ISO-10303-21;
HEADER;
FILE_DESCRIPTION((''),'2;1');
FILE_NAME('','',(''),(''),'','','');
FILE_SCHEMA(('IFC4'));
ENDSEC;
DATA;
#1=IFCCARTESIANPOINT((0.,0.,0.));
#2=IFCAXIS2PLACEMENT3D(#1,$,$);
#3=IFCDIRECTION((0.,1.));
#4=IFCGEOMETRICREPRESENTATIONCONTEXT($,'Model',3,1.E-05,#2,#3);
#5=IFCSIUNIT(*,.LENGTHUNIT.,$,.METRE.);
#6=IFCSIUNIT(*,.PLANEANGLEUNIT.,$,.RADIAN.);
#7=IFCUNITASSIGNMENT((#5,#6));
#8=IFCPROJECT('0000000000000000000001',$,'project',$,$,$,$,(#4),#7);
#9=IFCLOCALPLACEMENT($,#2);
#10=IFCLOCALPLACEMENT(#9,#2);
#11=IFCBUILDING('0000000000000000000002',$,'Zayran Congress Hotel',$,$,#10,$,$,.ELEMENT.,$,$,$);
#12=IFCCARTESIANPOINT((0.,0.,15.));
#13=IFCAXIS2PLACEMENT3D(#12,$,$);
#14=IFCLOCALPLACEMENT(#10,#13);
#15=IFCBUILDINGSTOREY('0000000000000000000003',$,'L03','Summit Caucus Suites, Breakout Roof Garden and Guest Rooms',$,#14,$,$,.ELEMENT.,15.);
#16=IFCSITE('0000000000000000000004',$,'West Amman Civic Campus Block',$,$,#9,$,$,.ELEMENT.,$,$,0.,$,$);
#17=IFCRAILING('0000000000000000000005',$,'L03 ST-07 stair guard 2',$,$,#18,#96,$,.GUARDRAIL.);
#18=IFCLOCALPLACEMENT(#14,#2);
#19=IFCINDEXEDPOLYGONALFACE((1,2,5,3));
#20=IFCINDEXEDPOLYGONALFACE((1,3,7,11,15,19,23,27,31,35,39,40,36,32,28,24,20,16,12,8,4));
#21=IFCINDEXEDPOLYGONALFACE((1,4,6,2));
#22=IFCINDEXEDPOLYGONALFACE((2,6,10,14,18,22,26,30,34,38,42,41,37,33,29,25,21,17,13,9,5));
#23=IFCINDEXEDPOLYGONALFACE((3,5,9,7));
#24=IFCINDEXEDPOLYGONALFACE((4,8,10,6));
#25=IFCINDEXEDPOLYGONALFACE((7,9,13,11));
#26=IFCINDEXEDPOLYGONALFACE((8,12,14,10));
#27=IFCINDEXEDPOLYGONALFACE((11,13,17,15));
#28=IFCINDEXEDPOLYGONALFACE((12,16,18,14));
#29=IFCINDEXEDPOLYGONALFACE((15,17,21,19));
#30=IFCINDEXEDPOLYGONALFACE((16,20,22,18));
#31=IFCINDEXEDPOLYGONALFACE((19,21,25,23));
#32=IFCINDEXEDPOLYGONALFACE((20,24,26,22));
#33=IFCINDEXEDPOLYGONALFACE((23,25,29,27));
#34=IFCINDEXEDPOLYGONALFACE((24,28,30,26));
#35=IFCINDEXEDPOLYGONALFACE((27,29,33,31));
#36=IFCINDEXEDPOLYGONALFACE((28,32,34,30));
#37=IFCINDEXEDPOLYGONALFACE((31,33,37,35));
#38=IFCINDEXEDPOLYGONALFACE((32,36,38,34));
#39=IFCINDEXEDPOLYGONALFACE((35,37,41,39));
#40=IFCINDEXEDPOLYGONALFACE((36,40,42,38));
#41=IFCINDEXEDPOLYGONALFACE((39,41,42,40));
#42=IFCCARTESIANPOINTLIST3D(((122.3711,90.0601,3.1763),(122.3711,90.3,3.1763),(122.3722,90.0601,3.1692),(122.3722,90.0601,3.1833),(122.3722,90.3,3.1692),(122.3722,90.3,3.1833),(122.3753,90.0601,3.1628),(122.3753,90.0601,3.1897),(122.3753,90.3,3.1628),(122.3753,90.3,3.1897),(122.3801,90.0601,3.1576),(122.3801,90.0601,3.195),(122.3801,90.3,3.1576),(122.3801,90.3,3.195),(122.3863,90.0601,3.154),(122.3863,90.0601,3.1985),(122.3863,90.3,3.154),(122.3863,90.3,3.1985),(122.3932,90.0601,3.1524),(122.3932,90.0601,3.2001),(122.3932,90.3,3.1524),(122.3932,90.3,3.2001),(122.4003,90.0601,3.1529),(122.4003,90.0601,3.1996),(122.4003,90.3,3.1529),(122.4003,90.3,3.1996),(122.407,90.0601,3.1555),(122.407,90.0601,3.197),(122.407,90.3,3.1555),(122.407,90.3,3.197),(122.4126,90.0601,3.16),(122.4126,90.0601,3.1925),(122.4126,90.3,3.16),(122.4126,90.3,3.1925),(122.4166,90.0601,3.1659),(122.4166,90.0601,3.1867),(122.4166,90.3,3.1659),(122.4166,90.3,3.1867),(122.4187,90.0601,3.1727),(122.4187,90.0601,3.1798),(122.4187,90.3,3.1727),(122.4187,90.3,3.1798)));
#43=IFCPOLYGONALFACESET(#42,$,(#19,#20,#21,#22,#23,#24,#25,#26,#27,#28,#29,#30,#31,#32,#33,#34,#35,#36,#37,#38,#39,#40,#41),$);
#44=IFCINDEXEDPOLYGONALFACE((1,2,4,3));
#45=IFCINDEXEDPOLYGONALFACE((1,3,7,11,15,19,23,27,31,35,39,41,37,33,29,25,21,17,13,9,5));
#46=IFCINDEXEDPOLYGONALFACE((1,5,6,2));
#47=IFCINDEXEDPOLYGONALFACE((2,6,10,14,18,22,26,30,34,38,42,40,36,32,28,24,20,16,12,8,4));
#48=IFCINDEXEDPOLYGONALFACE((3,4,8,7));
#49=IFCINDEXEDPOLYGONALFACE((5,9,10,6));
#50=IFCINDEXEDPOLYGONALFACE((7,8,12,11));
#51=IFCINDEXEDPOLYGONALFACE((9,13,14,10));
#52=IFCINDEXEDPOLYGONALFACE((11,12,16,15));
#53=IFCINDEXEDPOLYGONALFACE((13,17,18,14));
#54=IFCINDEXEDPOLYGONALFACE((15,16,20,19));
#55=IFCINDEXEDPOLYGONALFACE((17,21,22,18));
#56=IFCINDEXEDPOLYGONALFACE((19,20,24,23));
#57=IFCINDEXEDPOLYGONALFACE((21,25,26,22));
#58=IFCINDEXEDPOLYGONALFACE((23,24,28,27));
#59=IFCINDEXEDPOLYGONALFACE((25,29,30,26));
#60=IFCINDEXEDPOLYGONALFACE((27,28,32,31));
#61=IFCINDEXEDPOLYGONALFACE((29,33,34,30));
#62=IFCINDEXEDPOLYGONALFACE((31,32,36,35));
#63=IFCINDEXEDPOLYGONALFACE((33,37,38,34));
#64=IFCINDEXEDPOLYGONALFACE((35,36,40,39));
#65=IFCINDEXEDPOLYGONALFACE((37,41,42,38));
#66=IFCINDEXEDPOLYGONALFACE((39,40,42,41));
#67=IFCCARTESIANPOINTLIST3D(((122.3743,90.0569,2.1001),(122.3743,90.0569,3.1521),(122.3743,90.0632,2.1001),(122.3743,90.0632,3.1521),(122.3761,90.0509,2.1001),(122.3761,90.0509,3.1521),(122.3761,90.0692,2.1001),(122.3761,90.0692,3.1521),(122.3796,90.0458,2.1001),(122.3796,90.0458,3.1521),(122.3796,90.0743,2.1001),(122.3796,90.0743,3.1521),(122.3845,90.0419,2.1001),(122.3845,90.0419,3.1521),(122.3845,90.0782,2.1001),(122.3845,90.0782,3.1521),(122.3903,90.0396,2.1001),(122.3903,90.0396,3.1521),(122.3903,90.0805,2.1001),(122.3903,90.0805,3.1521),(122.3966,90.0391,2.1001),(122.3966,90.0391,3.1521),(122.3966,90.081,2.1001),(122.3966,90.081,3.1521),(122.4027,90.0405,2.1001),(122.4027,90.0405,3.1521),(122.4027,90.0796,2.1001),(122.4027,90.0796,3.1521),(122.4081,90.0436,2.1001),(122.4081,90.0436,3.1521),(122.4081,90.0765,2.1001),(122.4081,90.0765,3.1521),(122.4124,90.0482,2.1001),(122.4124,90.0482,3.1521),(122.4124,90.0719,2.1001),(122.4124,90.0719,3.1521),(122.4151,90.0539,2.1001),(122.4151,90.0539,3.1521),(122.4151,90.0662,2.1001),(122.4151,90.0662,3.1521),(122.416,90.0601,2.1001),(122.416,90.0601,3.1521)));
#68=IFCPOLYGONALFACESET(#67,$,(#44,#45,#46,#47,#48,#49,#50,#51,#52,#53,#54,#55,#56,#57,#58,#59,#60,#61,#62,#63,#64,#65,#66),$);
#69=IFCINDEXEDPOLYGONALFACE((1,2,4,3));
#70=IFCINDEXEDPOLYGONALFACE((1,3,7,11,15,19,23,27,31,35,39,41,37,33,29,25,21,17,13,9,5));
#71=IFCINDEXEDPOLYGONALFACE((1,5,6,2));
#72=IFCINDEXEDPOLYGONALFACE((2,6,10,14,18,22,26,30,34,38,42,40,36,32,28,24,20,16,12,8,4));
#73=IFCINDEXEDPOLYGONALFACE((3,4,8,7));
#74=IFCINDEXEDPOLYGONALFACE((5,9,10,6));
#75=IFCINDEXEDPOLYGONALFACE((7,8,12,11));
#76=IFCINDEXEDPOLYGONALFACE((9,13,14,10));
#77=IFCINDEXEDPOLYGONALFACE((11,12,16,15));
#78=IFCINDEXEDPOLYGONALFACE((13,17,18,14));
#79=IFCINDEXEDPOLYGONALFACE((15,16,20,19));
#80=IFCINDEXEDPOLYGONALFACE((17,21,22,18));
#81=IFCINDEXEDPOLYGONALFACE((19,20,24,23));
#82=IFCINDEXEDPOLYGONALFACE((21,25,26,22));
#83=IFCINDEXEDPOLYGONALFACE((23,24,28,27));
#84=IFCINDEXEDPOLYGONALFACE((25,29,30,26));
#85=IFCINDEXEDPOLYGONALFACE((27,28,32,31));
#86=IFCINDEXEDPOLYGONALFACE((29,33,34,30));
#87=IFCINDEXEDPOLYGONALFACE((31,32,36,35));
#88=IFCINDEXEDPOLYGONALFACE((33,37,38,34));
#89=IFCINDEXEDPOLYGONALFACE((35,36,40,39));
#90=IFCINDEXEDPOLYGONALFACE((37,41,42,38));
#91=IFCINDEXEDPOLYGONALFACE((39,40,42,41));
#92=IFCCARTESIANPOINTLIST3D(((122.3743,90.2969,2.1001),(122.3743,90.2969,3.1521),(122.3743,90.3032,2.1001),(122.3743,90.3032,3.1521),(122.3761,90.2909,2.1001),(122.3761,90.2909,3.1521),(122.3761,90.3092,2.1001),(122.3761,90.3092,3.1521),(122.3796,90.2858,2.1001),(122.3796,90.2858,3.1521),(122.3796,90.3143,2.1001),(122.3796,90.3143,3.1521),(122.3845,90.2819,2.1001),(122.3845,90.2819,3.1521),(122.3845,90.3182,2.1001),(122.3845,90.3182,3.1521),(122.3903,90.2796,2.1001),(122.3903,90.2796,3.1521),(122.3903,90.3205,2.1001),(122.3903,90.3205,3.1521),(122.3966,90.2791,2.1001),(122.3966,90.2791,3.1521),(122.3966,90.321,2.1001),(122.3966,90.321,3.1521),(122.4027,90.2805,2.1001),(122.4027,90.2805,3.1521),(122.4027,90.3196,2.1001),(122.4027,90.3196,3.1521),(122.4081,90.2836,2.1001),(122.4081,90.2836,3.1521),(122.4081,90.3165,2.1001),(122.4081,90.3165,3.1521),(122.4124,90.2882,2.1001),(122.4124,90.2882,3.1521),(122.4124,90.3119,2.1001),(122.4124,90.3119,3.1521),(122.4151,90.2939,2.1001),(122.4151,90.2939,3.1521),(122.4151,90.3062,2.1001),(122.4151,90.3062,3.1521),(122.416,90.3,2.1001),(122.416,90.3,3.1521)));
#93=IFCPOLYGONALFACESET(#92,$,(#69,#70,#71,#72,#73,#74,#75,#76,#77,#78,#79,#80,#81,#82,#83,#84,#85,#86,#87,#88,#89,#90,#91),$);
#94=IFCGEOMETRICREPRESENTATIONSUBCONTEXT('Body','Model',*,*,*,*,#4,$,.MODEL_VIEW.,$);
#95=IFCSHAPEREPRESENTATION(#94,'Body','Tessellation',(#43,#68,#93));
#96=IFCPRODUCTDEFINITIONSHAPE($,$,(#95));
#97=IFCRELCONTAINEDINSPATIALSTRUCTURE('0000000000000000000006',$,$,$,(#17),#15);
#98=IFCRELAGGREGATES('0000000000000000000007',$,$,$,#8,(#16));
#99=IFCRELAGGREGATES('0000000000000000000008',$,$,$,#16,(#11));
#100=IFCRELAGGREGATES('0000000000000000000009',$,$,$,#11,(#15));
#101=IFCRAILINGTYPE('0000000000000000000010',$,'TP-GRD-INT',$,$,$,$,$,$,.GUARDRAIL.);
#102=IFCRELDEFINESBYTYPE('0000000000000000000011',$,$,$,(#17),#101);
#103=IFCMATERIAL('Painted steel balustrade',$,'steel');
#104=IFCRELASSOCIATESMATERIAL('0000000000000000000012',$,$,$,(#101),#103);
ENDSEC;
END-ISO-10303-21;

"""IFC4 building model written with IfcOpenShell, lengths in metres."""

from ifc_helpers import new_model, si_unit, direction, frame, origin, origin_2d, place, context, subcontext, project, spatial, circle, extrude, material, type_object, element, save


model = new_model("IFC4")

# Units and contexts
model_context = context("Model", 3, precision=1e-05, world=origin(), true_north=direction((0.0, 1.0)))
body_context = subcontext(model_context, "Body", "Model", "MODEL_VIEW")
ifc_project = project(units=[si_unit("LENGTHUNIT", "METRE"), si_unit("PLANEANGLEUNIT", "RADIAN")], contexts=[model_context])

# Site, building, storey
site_placement = place(None, origin())
site = spatial("IfcSite", under=ifc_project, at=site_placement, Name="West Amman Civic Campus Block", CompositionType="ELEMENT", RefElevation=0.0)
building_placement = place(site_placement, origin())
building = spatial("IfcBuilding", under=site, at=building_placement, Name="Zayran Congress Hotel", CompositionType="ELEMENT")
storey_placement = place(building_placement, frame((0.0, 0.0, 15.0)))
storey = spatial("IfcBuildingStorey", under=building, at=storey_placement, Name="L03", Description="Summit Caucus Suites, Breakout Roof Garden and Guest Rooms", CompositionType="ELEMENT", Elevation=15.0)

# Railing
ifc_material_1 = material(Name="Painted steel balustrade", Category="steel")
railing_type = type_object("IfcRailingType", Name="TP-GRD-INT", PredefinedType="GUARDRAIL", material=ifc_material_1)
railing_1_placement = place(storey_placement, frame((122.395, 90.0601, 2.1001)))
element("IfcRailing", 1, at=railing_1_placement, inside=storey, type_object=railing_type, Name="L03 ST-07 stair guard 2", PredefinedType="GUARDRAIL", context=body_context, shape_type="SweptSolid", body=[
    extrude(circle(Radius=0.0239, at=origin_2d()), frame((0.0, 0.0, 1.0762), z_axis=(0.0, 1.0, 0.0), x_axis=(-1.0, 0.0, 0.0)), (0.0, 0.0, 1.0), 0.24),
    extrude(circle(Radius=0.021, at=origin_2d()), origin(), (0.0, 0.0, 1.0), 1.052),
    extrude(circle(Radius=0.021, at=origin_2d()), frame((0.0, 0.24, 0.0)), (0.0, 0.0, 1.0), 1.052),
])

save(model, "model.ifc")
